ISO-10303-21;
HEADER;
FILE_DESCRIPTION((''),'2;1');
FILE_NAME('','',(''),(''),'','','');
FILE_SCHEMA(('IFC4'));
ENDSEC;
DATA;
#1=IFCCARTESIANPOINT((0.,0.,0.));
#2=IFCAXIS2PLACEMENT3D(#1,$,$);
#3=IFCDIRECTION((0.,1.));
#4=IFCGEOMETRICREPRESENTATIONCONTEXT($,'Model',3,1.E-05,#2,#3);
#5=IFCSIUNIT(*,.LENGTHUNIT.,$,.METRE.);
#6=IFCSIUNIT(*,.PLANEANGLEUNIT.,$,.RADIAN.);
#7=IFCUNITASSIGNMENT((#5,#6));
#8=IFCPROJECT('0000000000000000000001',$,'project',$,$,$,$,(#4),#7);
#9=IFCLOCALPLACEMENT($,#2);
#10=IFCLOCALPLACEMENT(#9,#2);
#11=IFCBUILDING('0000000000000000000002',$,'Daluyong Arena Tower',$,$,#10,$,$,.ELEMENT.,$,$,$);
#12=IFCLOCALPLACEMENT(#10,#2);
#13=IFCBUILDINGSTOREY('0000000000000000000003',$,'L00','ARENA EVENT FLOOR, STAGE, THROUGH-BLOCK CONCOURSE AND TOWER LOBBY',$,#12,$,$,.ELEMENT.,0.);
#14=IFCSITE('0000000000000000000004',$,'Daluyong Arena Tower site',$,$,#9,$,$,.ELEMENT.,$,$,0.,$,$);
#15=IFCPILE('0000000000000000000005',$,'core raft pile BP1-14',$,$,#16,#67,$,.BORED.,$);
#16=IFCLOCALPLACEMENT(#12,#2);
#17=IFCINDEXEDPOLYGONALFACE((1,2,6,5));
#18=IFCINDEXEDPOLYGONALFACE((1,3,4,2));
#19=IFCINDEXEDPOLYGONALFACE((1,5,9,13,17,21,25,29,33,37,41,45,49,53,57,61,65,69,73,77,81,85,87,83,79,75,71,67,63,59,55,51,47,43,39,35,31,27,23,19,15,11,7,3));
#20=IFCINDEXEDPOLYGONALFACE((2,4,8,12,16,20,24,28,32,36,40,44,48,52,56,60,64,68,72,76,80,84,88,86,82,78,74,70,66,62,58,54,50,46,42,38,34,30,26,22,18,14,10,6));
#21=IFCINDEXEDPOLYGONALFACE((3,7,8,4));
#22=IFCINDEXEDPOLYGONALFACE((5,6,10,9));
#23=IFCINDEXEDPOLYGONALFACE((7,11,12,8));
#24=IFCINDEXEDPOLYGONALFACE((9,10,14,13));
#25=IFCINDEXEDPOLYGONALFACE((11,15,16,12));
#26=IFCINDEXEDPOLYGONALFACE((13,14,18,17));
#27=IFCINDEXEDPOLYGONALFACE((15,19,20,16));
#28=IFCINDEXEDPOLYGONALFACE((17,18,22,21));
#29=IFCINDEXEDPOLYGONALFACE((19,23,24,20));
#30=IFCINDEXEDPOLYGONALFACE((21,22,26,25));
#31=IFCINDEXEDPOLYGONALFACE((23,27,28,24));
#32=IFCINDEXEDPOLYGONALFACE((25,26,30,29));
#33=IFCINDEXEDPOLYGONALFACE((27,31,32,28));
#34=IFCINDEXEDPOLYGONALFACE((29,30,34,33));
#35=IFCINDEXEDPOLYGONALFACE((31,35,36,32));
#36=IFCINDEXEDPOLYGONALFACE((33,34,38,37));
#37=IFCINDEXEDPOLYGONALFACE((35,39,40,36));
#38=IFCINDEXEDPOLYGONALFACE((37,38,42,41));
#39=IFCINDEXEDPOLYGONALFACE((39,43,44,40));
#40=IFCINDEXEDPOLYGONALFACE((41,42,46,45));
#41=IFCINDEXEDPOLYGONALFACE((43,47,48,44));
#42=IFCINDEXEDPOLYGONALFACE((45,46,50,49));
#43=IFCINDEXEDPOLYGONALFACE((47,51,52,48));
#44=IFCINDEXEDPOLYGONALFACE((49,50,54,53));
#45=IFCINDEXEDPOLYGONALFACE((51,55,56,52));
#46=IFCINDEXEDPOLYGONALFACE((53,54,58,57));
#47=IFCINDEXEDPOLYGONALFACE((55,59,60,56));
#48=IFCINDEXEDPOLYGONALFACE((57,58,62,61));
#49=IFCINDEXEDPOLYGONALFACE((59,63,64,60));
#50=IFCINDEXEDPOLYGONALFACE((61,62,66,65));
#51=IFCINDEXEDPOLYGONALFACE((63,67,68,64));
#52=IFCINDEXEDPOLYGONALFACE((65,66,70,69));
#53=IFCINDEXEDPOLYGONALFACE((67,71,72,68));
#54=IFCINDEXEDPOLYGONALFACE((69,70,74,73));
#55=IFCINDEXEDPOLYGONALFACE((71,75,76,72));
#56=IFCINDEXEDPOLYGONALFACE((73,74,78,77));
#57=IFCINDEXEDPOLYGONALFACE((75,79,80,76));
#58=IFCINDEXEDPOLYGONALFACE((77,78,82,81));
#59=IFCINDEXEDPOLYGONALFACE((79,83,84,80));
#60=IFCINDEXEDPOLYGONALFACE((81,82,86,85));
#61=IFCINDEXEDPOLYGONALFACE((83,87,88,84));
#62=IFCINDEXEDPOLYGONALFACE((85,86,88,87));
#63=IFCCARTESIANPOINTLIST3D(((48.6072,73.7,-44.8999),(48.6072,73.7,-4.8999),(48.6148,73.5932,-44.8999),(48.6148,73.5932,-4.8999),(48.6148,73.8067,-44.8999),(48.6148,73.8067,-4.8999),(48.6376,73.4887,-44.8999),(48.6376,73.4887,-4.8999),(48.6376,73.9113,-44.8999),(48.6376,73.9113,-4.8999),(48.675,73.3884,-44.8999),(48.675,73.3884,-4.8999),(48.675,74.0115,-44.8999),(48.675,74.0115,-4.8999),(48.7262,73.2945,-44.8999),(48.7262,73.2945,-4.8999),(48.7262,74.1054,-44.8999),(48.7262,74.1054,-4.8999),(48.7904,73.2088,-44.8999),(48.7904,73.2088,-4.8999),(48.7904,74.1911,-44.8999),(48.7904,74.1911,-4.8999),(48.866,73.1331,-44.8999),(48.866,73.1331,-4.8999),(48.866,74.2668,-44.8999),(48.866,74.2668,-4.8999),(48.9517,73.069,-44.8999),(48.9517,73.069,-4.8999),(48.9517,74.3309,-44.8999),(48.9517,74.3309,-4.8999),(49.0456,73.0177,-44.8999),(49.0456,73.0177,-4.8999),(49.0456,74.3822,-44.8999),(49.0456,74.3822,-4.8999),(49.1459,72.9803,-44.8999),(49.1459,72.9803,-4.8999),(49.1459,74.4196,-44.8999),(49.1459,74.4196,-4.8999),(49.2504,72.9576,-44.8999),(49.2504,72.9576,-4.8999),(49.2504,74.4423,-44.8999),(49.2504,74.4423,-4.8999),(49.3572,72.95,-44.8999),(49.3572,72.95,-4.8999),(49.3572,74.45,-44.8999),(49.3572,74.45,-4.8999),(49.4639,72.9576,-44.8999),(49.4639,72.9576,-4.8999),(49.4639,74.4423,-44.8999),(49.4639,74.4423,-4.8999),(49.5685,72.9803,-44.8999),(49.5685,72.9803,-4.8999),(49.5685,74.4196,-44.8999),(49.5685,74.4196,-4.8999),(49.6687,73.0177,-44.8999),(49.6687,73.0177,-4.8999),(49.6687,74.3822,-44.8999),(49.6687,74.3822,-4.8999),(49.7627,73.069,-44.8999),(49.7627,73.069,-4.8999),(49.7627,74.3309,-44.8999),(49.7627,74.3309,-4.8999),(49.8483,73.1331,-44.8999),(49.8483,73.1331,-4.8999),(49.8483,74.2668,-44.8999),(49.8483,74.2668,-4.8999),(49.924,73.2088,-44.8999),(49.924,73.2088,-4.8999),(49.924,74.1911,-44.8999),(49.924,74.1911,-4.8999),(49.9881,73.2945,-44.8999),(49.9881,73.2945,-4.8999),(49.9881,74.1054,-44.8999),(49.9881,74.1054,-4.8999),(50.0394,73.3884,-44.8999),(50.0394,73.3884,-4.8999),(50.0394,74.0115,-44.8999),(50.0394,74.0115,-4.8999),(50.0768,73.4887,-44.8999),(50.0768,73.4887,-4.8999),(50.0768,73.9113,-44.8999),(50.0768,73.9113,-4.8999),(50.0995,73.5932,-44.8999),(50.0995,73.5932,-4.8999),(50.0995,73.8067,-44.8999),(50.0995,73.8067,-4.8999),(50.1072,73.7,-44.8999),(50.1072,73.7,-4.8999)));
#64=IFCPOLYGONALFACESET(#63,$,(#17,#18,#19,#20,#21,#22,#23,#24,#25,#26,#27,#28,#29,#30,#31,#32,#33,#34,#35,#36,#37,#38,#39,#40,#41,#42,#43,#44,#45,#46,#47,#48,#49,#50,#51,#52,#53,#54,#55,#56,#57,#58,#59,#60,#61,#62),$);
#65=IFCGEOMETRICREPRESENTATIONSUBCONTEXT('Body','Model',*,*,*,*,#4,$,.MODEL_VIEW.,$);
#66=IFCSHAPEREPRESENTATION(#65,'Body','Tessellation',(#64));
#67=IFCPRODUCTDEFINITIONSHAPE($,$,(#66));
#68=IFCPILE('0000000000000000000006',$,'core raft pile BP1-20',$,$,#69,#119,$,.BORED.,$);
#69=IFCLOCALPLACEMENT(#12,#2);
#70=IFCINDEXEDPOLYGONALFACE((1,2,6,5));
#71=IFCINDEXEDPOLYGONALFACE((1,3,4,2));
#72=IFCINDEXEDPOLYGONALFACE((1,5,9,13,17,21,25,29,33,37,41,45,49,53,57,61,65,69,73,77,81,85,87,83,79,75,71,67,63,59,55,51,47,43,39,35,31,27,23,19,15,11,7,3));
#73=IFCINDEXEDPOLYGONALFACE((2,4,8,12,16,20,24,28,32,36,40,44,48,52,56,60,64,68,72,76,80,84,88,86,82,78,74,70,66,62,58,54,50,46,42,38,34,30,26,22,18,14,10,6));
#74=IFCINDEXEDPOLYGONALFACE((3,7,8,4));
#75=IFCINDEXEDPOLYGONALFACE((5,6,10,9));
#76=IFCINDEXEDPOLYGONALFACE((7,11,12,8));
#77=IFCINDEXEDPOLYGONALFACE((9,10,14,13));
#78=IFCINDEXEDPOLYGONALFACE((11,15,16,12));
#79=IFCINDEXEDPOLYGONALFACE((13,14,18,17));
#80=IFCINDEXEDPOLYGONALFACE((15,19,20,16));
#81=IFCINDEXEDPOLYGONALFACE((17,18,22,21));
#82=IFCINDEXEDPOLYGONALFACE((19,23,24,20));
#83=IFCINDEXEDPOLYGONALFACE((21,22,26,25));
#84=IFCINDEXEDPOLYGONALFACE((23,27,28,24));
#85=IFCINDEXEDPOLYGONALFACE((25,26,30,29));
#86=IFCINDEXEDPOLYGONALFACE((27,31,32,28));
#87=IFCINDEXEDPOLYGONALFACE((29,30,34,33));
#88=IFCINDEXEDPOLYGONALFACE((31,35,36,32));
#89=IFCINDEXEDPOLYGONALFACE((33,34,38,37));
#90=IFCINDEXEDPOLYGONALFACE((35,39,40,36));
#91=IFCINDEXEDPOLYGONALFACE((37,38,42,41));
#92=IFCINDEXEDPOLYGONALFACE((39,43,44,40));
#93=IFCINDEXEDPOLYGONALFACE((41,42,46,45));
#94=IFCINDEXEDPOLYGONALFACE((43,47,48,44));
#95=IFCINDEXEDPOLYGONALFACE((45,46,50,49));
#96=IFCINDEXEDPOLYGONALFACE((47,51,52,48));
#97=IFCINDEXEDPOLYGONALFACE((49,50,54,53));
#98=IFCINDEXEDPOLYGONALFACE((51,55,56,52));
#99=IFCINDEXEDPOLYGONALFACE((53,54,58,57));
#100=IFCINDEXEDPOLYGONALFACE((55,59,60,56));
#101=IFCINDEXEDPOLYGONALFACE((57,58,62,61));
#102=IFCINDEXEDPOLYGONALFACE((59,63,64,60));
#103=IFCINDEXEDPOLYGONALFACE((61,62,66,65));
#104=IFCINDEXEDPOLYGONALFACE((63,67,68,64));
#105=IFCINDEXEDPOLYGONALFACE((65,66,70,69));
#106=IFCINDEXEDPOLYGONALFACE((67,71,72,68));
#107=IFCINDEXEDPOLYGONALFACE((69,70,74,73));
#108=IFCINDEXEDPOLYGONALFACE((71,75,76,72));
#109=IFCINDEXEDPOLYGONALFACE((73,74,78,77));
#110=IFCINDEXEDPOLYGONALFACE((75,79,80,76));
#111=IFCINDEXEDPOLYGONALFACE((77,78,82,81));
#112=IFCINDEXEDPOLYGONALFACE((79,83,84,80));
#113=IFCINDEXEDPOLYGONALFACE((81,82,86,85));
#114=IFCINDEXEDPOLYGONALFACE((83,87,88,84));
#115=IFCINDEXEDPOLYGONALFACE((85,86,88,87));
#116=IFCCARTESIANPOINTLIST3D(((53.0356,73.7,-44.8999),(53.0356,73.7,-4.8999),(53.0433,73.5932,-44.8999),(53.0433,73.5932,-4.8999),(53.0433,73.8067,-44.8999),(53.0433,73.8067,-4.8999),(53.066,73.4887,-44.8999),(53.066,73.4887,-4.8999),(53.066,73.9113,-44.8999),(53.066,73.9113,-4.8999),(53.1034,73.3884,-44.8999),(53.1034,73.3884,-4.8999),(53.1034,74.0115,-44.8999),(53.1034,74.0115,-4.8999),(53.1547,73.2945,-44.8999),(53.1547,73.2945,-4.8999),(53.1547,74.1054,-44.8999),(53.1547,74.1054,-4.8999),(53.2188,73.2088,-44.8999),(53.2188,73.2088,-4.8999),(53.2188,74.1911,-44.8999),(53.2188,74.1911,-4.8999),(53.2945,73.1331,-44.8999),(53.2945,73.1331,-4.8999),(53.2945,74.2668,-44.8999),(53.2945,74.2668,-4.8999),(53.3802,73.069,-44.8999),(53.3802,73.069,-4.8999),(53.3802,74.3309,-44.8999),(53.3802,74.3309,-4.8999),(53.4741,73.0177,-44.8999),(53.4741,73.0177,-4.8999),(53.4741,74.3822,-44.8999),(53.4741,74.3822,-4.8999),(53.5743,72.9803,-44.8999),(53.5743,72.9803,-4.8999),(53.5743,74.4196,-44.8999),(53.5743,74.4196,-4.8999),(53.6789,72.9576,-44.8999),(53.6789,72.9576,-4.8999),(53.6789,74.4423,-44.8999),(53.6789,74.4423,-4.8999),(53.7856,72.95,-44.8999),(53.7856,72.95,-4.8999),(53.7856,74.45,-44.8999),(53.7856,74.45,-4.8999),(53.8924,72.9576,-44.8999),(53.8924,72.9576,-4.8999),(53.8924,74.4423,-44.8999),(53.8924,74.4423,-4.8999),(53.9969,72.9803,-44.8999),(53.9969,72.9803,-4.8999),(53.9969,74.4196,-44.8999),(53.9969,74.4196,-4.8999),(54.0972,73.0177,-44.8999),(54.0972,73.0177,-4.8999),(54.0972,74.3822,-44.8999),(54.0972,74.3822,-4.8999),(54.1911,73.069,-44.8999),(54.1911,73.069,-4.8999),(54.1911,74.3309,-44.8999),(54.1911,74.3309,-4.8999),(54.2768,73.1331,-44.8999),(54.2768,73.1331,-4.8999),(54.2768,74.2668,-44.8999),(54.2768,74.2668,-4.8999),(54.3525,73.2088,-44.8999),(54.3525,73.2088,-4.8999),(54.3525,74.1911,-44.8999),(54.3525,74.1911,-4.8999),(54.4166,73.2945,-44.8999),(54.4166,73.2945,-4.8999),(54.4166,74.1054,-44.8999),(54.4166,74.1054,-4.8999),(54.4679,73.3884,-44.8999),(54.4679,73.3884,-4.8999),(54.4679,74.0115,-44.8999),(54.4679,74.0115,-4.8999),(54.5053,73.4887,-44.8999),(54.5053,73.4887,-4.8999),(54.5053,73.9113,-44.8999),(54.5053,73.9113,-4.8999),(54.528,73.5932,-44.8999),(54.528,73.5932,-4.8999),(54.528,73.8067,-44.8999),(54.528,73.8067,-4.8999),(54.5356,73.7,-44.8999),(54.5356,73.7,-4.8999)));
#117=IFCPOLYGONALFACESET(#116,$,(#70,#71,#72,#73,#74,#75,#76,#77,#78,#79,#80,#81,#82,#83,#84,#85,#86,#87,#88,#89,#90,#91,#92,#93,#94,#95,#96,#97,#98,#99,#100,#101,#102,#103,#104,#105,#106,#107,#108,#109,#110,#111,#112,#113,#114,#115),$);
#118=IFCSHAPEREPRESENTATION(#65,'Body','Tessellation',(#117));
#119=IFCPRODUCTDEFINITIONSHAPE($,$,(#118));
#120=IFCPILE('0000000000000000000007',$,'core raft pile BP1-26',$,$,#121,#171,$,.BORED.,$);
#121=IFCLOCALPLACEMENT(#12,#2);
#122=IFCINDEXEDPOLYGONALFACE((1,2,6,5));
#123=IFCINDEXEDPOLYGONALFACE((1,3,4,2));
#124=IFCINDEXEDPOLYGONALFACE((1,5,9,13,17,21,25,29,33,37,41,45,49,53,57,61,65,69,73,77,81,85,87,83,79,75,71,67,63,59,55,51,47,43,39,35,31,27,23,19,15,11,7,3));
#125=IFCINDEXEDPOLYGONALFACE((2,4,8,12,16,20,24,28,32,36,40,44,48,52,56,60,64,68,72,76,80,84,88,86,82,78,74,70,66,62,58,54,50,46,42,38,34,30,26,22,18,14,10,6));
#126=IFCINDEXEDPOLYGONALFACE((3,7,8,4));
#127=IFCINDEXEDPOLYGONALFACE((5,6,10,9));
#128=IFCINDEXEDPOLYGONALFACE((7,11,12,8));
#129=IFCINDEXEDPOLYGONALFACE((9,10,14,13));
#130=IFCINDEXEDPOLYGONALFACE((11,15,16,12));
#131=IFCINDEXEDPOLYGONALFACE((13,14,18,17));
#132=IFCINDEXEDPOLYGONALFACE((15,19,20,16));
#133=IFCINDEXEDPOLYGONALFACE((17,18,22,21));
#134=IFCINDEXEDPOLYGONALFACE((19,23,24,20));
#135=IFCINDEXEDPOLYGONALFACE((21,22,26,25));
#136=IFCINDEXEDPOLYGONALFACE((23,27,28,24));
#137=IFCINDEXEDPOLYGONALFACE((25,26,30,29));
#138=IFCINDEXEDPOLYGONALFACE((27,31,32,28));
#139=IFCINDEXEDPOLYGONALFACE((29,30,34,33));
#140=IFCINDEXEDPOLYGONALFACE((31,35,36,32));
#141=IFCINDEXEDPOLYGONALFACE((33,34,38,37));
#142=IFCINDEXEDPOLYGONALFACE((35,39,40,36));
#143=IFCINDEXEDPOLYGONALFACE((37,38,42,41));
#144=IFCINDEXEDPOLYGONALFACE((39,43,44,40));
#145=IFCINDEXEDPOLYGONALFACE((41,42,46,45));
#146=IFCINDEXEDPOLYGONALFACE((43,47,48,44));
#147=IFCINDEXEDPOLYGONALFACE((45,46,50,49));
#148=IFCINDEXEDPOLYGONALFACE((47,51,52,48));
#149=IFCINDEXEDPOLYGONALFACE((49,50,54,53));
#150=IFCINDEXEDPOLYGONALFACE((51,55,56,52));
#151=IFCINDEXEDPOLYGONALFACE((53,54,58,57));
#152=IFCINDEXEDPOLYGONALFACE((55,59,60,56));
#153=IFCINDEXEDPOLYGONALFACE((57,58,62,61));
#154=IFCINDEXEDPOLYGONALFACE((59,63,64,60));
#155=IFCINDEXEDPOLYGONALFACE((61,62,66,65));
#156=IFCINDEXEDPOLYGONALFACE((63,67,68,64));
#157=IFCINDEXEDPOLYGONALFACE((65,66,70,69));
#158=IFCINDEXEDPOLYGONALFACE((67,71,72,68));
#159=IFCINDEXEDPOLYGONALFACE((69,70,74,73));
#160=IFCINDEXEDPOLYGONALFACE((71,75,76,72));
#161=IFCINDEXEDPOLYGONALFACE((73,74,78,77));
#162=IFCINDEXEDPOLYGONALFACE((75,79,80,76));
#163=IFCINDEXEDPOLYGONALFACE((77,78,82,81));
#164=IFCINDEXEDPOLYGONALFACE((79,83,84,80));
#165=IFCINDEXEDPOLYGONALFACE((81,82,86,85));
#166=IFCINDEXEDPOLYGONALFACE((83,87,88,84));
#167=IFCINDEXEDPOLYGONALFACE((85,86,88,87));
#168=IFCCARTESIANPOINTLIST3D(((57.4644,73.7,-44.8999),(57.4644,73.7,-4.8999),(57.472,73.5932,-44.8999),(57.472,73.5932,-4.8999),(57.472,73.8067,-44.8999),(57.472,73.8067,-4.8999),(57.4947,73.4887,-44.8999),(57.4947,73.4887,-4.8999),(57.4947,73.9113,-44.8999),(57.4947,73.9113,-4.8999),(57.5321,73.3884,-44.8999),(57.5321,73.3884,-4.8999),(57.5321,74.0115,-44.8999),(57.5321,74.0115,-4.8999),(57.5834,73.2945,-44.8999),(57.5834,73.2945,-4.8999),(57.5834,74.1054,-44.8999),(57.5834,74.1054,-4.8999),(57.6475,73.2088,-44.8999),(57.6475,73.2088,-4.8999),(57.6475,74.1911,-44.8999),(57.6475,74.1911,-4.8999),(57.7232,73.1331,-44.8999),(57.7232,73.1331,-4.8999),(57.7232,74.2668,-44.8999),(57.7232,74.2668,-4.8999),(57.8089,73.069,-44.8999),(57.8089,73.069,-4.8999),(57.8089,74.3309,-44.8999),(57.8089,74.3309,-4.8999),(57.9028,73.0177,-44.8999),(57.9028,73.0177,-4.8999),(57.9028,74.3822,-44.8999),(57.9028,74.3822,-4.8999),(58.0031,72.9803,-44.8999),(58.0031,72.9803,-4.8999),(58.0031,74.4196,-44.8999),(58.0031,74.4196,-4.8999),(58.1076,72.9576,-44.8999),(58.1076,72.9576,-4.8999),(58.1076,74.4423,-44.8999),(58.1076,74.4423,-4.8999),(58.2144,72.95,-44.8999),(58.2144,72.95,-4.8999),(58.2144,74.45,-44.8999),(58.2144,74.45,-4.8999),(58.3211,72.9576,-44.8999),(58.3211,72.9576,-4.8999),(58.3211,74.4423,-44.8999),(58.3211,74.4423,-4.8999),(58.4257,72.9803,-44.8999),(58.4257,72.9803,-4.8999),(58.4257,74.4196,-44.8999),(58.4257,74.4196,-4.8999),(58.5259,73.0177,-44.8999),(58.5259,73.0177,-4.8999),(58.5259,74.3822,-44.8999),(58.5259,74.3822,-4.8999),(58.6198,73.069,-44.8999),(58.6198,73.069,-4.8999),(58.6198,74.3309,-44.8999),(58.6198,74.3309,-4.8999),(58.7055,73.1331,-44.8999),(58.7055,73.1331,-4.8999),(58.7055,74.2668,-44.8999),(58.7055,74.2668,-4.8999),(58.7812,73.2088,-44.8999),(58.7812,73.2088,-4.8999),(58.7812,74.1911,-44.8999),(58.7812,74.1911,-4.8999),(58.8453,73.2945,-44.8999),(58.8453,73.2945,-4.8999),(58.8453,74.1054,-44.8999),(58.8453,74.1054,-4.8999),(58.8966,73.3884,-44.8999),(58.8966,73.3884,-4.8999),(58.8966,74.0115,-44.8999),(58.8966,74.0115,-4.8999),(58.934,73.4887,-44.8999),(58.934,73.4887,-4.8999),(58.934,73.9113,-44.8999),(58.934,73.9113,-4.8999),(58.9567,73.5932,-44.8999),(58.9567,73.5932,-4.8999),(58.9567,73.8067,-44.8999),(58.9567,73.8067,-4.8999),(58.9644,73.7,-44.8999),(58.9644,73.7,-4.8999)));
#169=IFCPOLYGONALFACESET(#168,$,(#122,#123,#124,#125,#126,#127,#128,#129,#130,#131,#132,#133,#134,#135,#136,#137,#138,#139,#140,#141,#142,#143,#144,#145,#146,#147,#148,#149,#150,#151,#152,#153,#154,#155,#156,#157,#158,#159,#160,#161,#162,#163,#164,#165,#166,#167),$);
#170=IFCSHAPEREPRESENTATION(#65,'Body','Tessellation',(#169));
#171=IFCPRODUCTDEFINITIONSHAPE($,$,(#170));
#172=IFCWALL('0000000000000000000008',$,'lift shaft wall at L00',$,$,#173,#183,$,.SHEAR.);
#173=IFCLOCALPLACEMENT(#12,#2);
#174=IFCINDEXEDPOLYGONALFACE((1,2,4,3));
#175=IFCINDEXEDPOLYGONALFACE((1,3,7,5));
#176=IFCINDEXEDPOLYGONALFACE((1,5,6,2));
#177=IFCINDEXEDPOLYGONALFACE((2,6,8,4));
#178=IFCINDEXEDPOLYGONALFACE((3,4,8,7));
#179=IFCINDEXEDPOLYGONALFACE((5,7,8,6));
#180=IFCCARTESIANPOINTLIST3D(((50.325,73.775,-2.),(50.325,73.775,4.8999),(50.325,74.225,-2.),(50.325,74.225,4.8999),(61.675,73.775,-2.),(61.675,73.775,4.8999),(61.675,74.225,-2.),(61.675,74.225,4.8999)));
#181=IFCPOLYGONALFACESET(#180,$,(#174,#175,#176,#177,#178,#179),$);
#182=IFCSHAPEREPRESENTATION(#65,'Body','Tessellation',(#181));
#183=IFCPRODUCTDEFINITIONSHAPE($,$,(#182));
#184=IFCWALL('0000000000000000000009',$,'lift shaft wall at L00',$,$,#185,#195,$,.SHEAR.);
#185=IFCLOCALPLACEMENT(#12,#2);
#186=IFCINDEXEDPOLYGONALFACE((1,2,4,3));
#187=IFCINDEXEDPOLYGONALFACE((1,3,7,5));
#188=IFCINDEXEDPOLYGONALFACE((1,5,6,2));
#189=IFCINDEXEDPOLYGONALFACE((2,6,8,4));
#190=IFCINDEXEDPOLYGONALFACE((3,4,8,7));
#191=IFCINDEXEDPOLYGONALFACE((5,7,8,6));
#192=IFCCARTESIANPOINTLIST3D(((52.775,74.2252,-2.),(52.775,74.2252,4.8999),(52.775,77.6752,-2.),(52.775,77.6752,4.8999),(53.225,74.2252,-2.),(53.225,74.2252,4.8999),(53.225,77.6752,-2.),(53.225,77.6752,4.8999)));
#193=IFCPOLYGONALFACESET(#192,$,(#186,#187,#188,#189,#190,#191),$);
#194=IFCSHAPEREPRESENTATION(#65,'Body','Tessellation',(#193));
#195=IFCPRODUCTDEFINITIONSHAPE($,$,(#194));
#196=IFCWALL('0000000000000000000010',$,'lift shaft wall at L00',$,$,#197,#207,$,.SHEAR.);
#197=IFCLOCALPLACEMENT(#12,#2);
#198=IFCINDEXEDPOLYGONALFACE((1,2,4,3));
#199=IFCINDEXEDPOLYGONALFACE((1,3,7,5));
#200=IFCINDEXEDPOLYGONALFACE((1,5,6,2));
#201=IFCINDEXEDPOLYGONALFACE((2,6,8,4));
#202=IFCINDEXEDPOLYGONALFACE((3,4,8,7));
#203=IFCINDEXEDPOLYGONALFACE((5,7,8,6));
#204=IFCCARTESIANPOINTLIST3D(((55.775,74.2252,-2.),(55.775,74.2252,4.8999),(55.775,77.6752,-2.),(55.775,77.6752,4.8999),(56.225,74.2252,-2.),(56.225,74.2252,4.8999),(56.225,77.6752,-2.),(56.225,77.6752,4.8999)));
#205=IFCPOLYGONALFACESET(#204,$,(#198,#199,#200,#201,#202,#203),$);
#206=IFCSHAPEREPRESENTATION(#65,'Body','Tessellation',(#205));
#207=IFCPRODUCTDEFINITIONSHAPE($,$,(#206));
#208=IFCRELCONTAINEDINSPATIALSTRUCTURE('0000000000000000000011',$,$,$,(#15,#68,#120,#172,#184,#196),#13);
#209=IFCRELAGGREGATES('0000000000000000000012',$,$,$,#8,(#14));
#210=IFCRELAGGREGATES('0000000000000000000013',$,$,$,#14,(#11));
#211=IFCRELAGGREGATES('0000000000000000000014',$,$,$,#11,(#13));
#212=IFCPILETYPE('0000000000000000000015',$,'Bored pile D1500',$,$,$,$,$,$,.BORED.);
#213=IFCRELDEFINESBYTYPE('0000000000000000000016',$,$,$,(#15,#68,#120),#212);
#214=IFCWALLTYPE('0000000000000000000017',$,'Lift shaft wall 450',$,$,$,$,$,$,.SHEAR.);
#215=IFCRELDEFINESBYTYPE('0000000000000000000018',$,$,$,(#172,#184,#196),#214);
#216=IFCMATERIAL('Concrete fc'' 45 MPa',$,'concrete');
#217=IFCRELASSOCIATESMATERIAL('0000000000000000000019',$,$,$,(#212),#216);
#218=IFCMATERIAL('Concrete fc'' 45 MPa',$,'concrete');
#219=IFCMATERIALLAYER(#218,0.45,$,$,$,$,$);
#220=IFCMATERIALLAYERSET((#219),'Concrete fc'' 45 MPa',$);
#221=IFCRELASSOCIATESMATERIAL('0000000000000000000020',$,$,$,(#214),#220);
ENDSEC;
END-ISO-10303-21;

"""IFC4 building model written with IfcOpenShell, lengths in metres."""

from ifc_helpers import new_model, si_unit, direction, frame, frame_2d, origin, origin_2d, place, context, subcontext, project, spatial, rectangle, circle, extrude, material, layer, layer_set, type_object, element, save


model = new_model("IFC4")

# Units and contexts
model_context = context("Model", 3, precision=1e-05, world=origin(), true_north=direction((0.0, 1.0)))
body_context = subcontext(model_context, "Body", "Model", "MODEL_VIEW")
ifc_project = project(units=[si_unit("LENGTHUNIT", "METRE"), si_unit("PLANEANGLEUNIT", "RADIAN")], contexts=[model_context])

# Site, building, storey
site_placement = place(None, origin())
site = spatial("IfcSite", under=ifc_project, at=site_placement, Name="Daluyong Arena Tower site", CompositionType="ELEMENT", RefElevation=0.0)
building_placement = place(site_placement, origin())
building = spatial("IfcBuilding", under=site, at=building_placement, Name="Daluyong Arena Tower", CompositionType="ELEMENT")
storey_placement = place(building_placement, origin())
storey = spatial("IfcBuildingStorey", under=building, at=storey_placement, Name="L00", Description="ARENA EVENT FLOOR, STAGE, THROUGH-BLOCK CONCOURSE AND TOWER LOBBY", CompositionType="ELEMENT", Elevation=0.0)

# Piles
ifc_material_1 = material(Name="Concrete fc' 45 MPa", Category="concrete")
pile_type = type_object("IfcPileType", Name="Bored pile D1500", PredefinedType="BORED", material=ifc_material_1)
for number, where, z_axis, x_axis, name in (
    (1, (49.3572, 73.7, -4.8999), (0.0, 0.0, -1.0), (1.0, 0.0, 0.0), "core raft pile BP1-14"),
    (2, (53.7856, 73.7, -4.8999), (0.0, 0.0, -1.0), (1.0, 0.0, 0.0), "core raft pile BP1-20"),
    (3, (58.2144, 73.7, -4.8999), (0.0, 0.0, -1.0), (1.0, 0.0, 0.0), "core raft pile BP1-26"),
):
    element("IfcPile", number, at=place(storey_placement, frame(where, z_axis=z_axis, x_axis=x_axis)), inside=storey, type_object=pile_type, Name=name, PredefinedType="BORED", context=body_context, shape_type="SweptSolid", body=[
        extrude(circle(Radius=0.75, at=origin_2d()), origin(), (0.0, 0.0, 1.0), 40.0),
    ])

# Walls
ifc_material_2 = material(Name="Concrete fc' 45 MPa", Category="concrete")
ifc_layer = layer(ifc_material_2, 0.45)
ifc_layer_set = layer_set([ifc_layer], Name="Concrete fc' 45 MPa")
wall_type = type_object("IfcWallType", Name="Lift shaft wall 450", PredefinedType="SHEAR", material=ifc_layer_set)
wall_placement = place(storey_placement, frame((50.325, 74.0, -2.0), z_axis=(0.0, 0.0, 1.0), x_axis=(1.0, 0.0, 0.0)))
element("IfcWall", 4, at=wall_placement, inside=storey, type_object=wall_type, Name="lift shaft wall at L00", PredefinedType="SHEAR", context=body_context, shape_type="SweptSolid", body=[
    extrude(rectangle(XDim=11.3501, YDim=0.45, at=frame_2d((5.675, 0.0))), origin(), (0.0, 0.0, 1.0), 6.8999),
])
for number, where, z_axis, x_axis, name in (
    (5, (53.0, 74.2251, -2.0), (0.0, 0.0, 1.0), (0.0, 1.0, 0.0), "lift shaft wall at L00"),
    (6, (56.0, 74.2251, -2.0), (0.0, 0.0, 1.0), (0.0, 1.0, 0.0), "lift shaft wall at L00"),
):
    element("IfcWall", number, at=place(storey_placement, frame(where, z_axis=z_axis, x_axis=x_axis)), inside=storey, type_object=wall_type, Name=name, PredefinedType="SHEAR", context=body_context, shape_type="SweptSolid", body=[
        extrude(rectangle(XDim=3.45, YDim=0.45, at=frame_2d((1.7251, 0.0))), origin(), (0.0, 0.0, 1.0), 6.8999),
    ])

save(model, "model.ifc")
